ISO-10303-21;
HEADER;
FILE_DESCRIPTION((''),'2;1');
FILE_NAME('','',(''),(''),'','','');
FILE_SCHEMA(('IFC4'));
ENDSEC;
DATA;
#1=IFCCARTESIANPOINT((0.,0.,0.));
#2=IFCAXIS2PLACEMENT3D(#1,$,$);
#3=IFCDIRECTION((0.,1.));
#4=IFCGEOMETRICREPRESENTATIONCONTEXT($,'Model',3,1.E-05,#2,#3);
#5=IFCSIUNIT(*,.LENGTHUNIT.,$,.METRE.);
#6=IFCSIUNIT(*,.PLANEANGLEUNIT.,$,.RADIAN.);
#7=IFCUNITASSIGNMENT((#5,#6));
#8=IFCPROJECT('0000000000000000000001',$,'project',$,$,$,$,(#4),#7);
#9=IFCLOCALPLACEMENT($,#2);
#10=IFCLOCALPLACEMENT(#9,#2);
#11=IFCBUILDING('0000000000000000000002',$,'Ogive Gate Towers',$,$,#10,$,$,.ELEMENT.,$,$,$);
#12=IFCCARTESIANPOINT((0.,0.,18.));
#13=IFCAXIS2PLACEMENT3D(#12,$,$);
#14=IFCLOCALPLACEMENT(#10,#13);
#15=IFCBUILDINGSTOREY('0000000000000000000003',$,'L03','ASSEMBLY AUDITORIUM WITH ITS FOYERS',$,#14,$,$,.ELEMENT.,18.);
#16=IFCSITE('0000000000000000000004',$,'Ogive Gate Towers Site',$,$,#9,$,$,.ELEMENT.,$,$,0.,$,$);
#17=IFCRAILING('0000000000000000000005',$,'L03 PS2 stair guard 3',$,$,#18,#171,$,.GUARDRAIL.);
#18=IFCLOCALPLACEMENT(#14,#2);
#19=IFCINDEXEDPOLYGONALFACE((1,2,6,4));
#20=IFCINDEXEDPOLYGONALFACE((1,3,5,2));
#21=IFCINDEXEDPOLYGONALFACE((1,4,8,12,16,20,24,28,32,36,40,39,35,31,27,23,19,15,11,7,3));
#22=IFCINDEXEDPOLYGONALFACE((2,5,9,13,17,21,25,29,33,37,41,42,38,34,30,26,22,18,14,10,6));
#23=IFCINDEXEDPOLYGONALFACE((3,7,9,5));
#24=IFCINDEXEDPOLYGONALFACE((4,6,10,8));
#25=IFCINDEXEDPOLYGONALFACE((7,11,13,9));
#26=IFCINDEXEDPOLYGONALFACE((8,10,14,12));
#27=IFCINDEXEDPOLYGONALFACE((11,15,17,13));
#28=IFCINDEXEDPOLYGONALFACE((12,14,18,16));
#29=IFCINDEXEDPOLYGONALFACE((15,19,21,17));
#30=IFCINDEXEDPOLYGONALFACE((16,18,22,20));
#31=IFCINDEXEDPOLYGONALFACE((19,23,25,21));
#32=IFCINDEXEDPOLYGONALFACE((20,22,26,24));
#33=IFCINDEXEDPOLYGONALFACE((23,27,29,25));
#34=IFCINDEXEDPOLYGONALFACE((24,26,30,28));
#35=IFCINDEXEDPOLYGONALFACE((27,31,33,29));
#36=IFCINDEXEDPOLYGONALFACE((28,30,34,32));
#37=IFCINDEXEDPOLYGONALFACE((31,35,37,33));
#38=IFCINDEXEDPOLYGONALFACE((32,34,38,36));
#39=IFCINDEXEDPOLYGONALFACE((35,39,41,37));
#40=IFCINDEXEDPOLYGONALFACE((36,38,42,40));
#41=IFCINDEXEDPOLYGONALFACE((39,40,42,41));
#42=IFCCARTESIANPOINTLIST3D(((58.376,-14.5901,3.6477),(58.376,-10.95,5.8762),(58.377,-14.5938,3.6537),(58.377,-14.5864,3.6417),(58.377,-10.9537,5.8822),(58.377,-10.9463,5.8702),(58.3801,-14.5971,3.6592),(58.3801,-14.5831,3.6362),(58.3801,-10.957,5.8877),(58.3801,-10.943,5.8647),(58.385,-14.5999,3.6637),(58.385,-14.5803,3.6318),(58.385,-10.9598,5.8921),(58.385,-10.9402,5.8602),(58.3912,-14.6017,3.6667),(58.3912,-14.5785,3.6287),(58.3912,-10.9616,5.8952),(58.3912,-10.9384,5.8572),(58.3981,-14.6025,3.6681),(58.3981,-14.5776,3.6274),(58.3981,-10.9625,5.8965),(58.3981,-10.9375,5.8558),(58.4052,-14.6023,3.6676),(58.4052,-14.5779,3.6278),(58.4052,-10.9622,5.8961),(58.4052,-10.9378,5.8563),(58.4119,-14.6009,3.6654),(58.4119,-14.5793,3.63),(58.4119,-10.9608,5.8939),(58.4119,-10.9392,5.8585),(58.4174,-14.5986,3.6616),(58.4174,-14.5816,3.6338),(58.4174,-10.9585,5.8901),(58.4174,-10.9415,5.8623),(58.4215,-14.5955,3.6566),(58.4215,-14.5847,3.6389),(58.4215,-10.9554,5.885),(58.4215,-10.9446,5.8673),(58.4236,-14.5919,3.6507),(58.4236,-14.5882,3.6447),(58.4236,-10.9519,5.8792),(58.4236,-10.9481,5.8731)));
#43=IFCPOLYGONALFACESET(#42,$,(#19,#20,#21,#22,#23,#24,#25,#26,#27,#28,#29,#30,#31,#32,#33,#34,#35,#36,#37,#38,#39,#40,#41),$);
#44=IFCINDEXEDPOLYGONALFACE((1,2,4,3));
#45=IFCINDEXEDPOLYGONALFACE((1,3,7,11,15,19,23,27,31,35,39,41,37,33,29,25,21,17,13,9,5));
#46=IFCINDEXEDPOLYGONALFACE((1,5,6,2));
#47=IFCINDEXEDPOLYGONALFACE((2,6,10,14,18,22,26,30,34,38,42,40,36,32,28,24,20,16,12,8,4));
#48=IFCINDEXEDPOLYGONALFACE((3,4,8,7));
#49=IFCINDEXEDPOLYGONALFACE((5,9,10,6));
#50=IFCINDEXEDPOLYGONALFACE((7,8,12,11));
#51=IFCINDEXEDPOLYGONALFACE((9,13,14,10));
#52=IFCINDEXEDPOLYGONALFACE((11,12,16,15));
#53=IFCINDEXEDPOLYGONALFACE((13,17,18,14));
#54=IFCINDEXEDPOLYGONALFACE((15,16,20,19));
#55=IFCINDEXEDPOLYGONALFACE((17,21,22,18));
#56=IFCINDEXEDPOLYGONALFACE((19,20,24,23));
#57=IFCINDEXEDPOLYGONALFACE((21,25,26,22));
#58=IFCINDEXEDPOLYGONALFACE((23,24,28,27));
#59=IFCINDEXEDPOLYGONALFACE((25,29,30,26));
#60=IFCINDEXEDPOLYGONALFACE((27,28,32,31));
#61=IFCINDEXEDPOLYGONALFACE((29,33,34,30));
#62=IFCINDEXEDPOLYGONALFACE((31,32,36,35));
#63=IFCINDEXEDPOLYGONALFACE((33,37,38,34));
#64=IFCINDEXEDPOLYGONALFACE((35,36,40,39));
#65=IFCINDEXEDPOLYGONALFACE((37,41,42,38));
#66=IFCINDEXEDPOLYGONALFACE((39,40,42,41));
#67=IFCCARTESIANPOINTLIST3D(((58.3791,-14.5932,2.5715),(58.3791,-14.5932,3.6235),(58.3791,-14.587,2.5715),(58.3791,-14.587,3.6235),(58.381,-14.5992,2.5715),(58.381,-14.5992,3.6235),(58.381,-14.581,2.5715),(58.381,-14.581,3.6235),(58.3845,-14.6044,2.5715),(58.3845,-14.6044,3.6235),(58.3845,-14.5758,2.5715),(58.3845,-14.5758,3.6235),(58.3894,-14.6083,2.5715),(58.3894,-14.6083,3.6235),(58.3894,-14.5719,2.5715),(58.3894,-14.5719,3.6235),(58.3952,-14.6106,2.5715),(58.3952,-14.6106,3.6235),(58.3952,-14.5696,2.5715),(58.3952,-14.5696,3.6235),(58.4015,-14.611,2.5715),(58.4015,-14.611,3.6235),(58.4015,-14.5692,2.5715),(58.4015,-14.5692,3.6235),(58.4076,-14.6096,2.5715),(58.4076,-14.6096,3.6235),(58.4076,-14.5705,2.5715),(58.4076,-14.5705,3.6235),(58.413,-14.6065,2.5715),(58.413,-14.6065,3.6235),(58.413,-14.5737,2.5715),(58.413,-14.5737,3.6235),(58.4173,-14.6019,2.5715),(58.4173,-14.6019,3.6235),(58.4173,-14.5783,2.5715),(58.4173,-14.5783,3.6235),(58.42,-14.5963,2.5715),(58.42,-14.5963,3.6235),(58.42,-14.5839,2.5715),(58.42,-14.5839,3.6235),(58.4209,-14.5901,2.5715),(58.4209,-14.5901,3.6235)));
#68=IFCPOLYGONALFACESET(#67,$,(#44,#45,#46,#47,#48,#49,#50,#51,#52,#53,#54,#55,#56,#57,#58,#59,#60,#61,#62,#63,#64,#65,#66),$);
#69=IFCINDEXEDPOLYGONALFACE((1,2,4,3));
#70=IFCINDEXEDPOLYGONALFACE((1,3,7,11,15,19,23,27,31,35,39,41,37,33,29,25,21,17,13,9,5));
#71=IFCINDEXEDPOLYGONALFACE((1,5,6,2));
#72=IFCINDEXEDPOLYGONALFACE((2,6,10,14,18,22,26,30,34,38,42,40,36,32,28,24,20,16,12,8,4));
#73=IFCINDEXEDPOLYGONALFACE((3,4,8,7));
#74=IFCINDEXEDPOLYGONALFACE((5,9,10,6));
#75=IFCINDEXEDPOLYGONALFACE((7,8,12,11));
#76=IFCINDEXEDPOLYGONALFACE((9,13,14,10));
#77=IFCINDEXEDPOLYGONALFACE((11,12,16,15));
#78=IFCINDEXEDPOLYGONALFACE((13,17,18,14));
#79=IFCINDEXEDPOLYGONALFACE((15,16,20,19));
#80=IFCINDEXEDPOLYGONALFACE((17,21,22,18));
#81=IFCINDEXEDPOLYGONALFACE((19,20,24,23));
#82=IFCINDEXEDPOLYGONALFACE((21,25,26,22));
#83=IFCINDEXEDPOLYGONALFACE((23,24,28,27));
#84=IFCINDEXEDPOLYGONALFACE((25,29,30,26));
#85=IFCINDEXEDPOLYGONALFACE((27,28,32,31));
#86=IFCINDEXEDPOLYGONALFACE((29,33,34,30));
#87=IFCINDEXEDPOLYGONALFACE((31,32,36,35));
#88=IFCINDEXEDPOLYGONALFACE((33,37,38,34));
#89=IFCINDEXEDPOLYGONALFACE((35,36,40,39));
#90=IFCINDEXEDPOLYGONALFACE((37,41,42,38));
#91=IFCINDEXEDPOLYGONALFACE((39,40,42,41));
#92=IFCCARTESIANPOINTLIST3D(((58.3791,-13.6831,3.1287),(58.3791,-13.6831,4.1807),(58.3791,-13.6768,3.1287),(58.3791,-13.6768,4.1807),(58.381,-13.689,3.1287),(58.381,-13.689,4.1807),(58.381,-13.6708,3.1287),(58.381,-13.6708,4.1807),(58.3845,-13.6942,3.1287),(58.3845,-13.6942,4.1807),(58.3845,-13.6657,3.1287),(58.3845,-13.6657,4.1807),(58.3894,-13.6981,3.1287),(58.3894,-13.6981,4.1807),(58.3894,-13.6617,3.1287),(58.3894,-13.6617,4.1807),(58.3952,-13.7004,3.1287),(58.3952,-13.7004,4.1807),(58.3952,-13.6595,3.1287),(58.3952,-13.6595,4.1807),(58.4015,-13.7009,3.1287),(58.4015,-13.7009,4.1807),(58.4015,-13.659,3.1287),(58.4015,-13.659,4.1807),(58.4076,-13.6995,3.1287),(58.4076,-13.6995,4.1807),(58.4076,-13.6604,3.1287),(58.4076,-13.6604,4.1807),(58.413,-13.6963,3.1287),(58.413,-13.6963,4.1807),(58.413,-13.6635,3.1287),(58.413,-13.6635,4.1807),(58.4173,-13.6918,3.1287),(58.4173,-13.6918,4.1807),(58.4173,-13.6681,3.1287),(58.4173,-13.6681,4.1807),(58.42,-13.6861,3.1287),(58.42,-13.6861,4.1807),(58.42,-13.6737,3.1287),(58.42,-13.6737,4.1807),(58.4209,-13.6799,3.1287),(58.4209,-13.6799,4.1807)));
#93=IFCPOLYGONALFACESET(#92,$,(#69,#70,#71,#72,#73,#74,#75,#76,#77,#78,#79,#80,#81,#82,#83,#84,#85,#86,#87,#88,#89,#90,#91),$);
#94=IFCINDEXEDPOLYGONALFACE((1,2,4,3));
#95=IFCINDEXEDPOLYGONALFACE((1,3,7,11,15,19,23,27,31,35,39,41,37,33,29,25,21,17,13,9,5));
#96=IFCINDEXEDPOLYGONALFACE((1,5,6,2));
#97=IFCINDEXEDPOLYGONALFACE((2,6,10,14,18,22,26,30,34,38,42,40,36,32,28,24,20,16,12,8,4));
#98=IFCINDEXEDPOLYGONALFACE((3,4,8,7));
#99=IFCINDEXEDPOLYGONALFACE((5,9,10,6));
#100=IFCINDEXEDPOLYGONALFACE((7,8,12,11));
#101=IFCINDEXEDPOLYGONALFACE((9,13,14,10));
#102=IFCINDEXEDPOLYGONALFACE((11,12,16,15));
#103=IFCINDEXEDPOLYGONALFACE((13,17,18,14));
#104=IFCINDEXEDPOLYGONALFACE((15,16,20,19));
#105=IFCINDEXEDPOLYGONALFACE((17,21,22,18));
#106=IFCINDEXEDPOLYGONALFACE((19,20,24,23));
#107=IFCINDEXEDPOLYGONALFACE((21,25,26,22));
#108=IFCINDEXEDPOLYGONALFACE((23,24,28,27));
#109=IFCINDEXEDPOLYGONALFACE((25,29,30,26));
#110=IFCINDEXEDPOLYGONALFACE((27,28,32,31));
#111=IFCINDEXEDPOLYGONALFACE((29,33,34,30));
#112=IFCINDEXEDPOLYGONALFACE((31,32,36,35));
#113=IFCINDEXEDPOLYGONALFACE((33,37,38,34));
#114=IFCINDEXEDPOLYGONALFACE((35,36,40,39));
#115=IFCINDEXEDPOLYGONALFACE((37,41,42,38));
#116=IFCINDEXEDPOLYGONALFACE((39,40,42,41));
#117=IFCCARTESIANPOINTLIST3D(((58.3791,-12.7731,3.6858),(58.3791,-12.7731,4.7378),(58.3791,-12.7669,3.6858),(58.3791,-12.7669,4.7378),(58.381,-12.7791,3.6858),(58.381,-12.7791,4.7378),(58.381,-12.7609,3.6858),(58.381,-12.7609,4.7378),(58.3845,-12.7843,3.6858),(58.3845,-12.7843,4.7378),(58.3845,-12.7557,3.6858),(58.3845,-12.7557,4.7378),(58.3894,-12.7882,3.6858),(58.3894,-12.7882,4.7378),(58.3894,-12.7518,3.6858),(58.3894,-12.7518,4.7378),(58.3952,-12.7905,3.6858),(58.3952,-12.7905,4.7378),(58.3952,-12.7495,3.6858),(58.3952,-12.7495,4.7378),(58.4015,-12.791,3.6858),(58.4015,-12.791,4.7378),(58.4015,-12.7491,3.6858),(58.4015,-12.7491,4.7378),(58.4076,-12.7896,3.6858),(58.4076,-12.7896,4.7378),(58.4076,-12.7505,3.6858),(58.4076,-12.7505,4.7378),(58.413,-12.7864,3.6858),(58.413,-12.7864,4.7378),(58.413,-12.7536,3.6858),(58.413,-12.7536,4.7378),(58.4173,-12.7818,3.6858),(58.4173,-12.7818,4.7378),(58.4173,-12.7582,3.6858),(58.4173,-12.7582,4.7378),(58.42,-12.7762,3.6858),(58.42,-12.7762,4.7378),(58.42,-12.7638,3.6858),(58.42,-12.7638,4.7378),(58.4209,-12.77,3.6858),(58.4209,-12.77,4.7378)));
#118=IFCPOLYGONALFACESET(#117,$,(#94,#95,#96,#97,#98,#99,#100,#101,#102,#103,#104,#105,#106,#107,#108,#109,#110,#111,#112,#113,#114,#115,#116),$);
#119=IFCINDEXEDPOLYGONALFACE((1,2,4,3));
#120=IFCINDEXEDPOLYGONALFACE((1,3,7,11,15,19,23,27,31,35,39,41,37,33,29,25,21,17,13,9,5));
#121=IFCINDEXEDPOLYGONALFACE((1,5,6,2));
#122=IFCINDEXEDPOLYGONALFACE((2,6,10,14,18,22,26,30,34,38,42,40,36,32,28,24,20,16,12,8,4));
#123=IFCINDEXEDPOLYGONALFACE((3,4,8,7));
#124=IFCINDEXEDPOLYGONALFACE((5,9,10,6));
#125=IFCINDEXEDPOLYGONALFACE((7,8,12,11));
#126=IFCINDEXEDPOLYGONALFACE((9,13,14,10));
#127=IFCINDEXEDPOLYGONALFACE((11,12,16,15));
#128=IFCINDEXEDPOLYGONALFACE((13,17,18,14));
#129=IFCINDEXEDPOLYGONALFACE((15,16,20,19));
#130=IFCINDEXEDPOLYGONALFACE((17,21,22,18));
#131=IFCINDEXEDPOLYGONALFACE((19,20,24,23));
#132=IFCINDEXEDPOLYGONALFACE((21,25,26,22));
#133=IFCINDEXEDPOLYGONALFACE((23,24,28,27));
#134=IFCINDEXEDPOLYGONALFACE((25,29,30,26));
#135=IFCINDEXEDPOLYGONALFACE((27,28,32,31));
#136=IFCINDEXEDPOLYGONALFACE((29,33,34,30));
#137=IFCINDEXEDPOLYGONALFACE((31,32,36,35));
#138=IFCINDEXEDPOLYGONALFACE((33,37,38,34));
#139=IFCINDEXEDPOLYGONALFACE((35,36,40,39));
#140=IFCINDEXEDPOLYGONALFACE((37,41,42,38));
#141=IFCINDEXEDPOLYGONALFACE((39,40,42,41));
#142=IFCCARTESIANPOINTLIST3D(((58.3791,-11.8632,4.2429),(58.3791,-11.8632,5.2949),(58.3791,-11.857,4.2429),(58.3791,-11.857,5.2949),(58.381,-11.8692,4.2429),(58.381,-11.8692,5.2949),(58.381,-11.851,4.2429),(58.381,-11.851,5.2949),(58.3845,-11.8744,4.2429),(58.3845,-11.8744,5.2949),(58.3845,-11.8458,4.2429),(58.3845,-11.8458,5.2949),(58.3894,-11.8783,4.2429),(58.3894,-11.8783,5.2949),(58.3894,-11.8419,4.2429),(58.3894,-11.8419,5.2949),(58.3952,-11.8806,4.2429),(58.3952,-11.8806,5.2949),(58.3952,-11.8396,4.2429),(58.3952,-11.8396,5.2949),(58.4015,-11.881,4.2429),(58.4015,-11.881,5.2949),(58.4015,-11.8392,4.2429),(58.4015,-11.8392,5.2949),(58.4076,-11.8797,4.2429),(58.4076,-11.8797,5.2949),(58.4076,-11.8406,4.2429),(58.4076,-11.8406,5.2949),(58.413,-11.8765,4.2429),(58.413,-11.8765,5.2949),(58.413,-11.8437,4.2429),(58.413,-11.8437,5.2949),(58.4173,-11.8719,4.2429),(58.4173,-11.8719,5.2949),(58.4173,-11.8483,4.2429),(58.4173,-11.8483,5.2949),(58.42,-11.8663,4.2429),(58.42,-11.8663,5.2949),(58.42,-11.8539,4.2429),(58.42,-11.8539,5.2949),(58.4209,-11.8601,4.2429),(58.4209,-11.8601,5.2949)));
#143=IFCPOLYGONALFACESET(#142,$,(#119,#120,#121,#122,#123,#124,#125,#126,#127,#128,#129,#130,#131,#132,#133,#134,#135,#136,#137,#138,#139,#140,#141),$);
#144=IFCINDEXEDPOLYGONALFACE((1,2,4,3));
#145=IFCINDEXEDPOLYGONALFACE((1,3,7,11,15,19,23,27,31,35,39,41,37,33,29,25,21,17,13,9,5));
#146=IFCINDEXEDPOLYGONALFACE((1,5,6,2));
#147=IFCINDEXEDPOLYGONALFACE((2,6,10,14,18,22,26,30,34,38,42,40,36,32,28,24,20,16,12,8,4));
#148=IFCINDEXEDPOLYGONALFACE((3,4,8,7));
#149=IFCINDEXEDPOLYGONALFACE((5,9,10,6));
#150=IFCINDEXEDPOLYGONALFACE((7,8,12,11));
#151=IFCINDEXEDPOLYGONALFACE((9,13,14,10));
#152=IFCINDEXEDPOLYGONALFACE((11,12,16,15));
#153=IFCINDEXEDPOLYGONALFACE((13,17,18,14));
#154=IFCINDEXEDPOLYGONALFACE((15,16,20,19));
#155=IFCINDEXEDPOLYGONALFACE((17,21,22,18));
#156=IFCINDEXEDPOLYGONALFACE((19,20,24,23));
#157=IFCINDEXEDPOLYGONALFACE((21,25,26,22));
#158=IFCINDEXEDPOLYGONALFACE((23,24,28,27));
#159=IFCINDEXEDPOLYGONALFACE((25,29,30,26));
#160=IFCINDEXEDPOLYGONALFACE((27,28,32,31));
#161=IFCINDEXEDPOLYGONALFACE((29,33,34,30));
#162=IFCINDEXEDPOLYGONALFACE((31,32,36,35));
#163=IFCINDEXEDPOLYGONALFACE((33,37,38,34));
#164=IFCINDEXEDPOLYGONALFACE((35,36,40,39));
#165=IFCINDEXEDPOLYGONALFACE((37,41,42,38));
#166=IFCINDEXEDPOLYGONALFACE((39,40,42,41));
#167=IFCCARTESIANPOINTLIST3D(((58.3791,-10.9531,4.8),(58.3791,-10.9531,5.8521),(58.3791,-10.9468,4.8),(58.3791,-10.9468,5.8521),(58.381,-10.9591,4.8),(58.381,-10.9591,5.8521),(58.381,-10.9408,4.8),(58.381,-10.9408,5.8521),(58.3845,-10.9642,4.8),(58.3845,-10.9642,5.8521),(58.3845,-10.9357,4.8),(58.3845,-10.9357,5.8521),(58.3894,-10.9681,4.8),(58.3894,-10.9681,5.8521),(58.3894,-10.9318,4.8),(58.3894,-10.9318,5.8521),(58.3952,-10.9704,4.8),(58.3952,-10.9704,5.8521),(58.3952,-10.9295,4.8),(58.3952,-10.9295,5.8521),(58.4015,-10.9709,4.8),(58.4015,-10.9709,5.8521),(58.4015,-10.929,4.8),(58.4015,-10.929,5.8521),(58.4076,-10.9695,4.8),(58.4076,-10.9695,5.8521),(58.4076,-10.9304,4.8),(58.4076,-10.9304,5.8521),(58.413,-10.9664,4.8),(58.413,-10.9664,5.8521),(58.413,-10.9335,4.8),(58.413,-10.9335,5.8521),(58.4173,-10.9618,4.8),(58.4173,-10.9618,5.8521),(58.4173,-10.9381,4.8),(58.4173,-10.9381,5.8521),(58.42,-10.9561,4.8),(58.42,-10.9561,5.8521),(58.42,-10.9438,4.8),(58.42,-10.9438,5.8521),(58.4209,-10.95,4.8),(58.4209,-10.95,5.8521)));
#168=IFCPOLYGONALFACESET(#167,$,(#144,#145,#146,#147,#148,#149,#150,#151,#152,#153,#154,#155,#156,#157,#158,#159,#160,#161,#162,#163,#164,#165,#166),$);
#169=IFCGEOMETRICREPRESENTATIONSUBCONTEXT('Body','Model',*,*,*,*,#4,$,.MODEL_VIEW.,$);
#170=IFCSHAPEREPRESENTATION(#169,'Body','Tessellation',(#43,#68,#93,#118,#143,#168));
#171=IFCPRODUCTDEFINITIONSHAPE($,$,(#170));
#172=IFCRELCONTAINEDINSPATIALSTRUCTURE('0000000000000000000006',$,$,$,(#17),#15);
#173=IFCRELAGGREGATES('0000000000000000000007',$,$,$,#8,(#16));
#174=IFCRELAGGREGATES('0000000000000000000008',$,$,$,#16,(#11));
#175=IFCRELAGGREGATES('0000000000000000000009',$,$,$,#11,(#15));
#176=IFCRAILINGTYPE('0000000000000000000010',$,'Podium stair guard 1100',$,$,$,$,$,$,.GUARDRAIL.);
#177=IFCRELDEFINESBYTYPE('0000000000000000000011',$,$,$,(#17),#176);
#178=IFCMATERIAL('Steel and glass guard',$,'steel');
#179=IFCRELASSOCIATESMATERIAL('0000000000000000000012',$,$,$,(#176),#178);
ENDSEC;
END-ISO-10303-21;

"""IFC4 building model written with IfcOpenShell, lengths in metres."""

from ifc_helpers import new_model, si_unit, direction, frame, origin, origin_2d, place, context, subcontext, project, spatial, circle, extrude, material, type_object, element, save


model = new_model("IFC4")

# Units and contexts
model_context = context("Model", 3, precision=1e-05, world=origin(), true_north=direction((0.0, 1.0)))
body_context = subcontext(model_context, "Body", "Model", "MODEL_VIEW")
ifc_project = project(units=[si_unit("LENGTHUNIT", "METRE"), si_unit("PLANEANGLEUNIT", "RADIAN")], contexts=[model_context])

# Site, building, storey
site_placement = place(None, origin())
site = spatial("IfcSite", under=ifc_project, at=site_placement, Name="Ogive Gate Towers Site", CompositionType="ELEMENT", RefElevation=0.0)
building_placement = place(site_placement, origin())
building = spatial("IfcBuilding", under=site, at=building_placement, Name="Ogive Gate Towers", CompositionType="ELEMENT")
storey_placement = place(building_placement, frame((0.0, 0.0, 18.0)))
storey = spatial("IfcBuildingStorey", under=building, at=storey_placement, Name="L03", Description="ASSEMBLY AUDITORIUM WITH ITS FOYERS", CompositionType="ELEMENT", Elevation=18.0)

# Railing
ifc_material_1 = material(Name="Steel and glass guard", Category="steel")
railing_type_1 = type_object("IfcRailingType", Name="Podium stair guard 1100", PredefinedType="GUARDRAIL", material=ifc_material_1)
railing_1_placement = place(storey_placement, frame((58.3999, -14.5901, 2.5715)))
element("IfcRailing", 1, at=railing_1_placement, inside=storey, type_object=railing_type_1, Name="L03 PS2 stair guard 3", PredefinedType="GUARDRAIL", context=body_context, shape_type="SweptSolid", body=[
    extrude(circle(Radius=0.0239, at=origin_2d()), frame((0.0, 0.0, 1.0762), z_axis=(0.0, 0.852866, 0.52213), x_axis=(-1.0, 0.0, 0.0)), (0.0, 0.0, 1.0), 4.2681),
    extrude(circle(Radius=0.021, at=origin_2d()), origin(), (0.0, 0.0, 1.0), 1.052),
    extrude(circle(Radius=0.021, at=origin_2d()), frame((0.0, 0.9102, 0.5571)), (0.0, 0.0, 1.0), 1.052),
    extrude(circle(Radius=0.021, at=origin_2d()), frame((0.0, 1.8201, 1.1143)), (0.0, 0.0, 1.0), 1.052),
    extrude(circle(Radius=0.021, at=origin_2d()), frame((0.0, 2.73, 1.6714)), (0.0, 0.0, 1.0), 1.052),
    extrude(circle(Radius=0.021, at=origin_2d()), frame((0.0, 3.6401, 2.2285)), (0.0, 0.0, 1.0), 1.052),
])

save(model, "model.ifc")
